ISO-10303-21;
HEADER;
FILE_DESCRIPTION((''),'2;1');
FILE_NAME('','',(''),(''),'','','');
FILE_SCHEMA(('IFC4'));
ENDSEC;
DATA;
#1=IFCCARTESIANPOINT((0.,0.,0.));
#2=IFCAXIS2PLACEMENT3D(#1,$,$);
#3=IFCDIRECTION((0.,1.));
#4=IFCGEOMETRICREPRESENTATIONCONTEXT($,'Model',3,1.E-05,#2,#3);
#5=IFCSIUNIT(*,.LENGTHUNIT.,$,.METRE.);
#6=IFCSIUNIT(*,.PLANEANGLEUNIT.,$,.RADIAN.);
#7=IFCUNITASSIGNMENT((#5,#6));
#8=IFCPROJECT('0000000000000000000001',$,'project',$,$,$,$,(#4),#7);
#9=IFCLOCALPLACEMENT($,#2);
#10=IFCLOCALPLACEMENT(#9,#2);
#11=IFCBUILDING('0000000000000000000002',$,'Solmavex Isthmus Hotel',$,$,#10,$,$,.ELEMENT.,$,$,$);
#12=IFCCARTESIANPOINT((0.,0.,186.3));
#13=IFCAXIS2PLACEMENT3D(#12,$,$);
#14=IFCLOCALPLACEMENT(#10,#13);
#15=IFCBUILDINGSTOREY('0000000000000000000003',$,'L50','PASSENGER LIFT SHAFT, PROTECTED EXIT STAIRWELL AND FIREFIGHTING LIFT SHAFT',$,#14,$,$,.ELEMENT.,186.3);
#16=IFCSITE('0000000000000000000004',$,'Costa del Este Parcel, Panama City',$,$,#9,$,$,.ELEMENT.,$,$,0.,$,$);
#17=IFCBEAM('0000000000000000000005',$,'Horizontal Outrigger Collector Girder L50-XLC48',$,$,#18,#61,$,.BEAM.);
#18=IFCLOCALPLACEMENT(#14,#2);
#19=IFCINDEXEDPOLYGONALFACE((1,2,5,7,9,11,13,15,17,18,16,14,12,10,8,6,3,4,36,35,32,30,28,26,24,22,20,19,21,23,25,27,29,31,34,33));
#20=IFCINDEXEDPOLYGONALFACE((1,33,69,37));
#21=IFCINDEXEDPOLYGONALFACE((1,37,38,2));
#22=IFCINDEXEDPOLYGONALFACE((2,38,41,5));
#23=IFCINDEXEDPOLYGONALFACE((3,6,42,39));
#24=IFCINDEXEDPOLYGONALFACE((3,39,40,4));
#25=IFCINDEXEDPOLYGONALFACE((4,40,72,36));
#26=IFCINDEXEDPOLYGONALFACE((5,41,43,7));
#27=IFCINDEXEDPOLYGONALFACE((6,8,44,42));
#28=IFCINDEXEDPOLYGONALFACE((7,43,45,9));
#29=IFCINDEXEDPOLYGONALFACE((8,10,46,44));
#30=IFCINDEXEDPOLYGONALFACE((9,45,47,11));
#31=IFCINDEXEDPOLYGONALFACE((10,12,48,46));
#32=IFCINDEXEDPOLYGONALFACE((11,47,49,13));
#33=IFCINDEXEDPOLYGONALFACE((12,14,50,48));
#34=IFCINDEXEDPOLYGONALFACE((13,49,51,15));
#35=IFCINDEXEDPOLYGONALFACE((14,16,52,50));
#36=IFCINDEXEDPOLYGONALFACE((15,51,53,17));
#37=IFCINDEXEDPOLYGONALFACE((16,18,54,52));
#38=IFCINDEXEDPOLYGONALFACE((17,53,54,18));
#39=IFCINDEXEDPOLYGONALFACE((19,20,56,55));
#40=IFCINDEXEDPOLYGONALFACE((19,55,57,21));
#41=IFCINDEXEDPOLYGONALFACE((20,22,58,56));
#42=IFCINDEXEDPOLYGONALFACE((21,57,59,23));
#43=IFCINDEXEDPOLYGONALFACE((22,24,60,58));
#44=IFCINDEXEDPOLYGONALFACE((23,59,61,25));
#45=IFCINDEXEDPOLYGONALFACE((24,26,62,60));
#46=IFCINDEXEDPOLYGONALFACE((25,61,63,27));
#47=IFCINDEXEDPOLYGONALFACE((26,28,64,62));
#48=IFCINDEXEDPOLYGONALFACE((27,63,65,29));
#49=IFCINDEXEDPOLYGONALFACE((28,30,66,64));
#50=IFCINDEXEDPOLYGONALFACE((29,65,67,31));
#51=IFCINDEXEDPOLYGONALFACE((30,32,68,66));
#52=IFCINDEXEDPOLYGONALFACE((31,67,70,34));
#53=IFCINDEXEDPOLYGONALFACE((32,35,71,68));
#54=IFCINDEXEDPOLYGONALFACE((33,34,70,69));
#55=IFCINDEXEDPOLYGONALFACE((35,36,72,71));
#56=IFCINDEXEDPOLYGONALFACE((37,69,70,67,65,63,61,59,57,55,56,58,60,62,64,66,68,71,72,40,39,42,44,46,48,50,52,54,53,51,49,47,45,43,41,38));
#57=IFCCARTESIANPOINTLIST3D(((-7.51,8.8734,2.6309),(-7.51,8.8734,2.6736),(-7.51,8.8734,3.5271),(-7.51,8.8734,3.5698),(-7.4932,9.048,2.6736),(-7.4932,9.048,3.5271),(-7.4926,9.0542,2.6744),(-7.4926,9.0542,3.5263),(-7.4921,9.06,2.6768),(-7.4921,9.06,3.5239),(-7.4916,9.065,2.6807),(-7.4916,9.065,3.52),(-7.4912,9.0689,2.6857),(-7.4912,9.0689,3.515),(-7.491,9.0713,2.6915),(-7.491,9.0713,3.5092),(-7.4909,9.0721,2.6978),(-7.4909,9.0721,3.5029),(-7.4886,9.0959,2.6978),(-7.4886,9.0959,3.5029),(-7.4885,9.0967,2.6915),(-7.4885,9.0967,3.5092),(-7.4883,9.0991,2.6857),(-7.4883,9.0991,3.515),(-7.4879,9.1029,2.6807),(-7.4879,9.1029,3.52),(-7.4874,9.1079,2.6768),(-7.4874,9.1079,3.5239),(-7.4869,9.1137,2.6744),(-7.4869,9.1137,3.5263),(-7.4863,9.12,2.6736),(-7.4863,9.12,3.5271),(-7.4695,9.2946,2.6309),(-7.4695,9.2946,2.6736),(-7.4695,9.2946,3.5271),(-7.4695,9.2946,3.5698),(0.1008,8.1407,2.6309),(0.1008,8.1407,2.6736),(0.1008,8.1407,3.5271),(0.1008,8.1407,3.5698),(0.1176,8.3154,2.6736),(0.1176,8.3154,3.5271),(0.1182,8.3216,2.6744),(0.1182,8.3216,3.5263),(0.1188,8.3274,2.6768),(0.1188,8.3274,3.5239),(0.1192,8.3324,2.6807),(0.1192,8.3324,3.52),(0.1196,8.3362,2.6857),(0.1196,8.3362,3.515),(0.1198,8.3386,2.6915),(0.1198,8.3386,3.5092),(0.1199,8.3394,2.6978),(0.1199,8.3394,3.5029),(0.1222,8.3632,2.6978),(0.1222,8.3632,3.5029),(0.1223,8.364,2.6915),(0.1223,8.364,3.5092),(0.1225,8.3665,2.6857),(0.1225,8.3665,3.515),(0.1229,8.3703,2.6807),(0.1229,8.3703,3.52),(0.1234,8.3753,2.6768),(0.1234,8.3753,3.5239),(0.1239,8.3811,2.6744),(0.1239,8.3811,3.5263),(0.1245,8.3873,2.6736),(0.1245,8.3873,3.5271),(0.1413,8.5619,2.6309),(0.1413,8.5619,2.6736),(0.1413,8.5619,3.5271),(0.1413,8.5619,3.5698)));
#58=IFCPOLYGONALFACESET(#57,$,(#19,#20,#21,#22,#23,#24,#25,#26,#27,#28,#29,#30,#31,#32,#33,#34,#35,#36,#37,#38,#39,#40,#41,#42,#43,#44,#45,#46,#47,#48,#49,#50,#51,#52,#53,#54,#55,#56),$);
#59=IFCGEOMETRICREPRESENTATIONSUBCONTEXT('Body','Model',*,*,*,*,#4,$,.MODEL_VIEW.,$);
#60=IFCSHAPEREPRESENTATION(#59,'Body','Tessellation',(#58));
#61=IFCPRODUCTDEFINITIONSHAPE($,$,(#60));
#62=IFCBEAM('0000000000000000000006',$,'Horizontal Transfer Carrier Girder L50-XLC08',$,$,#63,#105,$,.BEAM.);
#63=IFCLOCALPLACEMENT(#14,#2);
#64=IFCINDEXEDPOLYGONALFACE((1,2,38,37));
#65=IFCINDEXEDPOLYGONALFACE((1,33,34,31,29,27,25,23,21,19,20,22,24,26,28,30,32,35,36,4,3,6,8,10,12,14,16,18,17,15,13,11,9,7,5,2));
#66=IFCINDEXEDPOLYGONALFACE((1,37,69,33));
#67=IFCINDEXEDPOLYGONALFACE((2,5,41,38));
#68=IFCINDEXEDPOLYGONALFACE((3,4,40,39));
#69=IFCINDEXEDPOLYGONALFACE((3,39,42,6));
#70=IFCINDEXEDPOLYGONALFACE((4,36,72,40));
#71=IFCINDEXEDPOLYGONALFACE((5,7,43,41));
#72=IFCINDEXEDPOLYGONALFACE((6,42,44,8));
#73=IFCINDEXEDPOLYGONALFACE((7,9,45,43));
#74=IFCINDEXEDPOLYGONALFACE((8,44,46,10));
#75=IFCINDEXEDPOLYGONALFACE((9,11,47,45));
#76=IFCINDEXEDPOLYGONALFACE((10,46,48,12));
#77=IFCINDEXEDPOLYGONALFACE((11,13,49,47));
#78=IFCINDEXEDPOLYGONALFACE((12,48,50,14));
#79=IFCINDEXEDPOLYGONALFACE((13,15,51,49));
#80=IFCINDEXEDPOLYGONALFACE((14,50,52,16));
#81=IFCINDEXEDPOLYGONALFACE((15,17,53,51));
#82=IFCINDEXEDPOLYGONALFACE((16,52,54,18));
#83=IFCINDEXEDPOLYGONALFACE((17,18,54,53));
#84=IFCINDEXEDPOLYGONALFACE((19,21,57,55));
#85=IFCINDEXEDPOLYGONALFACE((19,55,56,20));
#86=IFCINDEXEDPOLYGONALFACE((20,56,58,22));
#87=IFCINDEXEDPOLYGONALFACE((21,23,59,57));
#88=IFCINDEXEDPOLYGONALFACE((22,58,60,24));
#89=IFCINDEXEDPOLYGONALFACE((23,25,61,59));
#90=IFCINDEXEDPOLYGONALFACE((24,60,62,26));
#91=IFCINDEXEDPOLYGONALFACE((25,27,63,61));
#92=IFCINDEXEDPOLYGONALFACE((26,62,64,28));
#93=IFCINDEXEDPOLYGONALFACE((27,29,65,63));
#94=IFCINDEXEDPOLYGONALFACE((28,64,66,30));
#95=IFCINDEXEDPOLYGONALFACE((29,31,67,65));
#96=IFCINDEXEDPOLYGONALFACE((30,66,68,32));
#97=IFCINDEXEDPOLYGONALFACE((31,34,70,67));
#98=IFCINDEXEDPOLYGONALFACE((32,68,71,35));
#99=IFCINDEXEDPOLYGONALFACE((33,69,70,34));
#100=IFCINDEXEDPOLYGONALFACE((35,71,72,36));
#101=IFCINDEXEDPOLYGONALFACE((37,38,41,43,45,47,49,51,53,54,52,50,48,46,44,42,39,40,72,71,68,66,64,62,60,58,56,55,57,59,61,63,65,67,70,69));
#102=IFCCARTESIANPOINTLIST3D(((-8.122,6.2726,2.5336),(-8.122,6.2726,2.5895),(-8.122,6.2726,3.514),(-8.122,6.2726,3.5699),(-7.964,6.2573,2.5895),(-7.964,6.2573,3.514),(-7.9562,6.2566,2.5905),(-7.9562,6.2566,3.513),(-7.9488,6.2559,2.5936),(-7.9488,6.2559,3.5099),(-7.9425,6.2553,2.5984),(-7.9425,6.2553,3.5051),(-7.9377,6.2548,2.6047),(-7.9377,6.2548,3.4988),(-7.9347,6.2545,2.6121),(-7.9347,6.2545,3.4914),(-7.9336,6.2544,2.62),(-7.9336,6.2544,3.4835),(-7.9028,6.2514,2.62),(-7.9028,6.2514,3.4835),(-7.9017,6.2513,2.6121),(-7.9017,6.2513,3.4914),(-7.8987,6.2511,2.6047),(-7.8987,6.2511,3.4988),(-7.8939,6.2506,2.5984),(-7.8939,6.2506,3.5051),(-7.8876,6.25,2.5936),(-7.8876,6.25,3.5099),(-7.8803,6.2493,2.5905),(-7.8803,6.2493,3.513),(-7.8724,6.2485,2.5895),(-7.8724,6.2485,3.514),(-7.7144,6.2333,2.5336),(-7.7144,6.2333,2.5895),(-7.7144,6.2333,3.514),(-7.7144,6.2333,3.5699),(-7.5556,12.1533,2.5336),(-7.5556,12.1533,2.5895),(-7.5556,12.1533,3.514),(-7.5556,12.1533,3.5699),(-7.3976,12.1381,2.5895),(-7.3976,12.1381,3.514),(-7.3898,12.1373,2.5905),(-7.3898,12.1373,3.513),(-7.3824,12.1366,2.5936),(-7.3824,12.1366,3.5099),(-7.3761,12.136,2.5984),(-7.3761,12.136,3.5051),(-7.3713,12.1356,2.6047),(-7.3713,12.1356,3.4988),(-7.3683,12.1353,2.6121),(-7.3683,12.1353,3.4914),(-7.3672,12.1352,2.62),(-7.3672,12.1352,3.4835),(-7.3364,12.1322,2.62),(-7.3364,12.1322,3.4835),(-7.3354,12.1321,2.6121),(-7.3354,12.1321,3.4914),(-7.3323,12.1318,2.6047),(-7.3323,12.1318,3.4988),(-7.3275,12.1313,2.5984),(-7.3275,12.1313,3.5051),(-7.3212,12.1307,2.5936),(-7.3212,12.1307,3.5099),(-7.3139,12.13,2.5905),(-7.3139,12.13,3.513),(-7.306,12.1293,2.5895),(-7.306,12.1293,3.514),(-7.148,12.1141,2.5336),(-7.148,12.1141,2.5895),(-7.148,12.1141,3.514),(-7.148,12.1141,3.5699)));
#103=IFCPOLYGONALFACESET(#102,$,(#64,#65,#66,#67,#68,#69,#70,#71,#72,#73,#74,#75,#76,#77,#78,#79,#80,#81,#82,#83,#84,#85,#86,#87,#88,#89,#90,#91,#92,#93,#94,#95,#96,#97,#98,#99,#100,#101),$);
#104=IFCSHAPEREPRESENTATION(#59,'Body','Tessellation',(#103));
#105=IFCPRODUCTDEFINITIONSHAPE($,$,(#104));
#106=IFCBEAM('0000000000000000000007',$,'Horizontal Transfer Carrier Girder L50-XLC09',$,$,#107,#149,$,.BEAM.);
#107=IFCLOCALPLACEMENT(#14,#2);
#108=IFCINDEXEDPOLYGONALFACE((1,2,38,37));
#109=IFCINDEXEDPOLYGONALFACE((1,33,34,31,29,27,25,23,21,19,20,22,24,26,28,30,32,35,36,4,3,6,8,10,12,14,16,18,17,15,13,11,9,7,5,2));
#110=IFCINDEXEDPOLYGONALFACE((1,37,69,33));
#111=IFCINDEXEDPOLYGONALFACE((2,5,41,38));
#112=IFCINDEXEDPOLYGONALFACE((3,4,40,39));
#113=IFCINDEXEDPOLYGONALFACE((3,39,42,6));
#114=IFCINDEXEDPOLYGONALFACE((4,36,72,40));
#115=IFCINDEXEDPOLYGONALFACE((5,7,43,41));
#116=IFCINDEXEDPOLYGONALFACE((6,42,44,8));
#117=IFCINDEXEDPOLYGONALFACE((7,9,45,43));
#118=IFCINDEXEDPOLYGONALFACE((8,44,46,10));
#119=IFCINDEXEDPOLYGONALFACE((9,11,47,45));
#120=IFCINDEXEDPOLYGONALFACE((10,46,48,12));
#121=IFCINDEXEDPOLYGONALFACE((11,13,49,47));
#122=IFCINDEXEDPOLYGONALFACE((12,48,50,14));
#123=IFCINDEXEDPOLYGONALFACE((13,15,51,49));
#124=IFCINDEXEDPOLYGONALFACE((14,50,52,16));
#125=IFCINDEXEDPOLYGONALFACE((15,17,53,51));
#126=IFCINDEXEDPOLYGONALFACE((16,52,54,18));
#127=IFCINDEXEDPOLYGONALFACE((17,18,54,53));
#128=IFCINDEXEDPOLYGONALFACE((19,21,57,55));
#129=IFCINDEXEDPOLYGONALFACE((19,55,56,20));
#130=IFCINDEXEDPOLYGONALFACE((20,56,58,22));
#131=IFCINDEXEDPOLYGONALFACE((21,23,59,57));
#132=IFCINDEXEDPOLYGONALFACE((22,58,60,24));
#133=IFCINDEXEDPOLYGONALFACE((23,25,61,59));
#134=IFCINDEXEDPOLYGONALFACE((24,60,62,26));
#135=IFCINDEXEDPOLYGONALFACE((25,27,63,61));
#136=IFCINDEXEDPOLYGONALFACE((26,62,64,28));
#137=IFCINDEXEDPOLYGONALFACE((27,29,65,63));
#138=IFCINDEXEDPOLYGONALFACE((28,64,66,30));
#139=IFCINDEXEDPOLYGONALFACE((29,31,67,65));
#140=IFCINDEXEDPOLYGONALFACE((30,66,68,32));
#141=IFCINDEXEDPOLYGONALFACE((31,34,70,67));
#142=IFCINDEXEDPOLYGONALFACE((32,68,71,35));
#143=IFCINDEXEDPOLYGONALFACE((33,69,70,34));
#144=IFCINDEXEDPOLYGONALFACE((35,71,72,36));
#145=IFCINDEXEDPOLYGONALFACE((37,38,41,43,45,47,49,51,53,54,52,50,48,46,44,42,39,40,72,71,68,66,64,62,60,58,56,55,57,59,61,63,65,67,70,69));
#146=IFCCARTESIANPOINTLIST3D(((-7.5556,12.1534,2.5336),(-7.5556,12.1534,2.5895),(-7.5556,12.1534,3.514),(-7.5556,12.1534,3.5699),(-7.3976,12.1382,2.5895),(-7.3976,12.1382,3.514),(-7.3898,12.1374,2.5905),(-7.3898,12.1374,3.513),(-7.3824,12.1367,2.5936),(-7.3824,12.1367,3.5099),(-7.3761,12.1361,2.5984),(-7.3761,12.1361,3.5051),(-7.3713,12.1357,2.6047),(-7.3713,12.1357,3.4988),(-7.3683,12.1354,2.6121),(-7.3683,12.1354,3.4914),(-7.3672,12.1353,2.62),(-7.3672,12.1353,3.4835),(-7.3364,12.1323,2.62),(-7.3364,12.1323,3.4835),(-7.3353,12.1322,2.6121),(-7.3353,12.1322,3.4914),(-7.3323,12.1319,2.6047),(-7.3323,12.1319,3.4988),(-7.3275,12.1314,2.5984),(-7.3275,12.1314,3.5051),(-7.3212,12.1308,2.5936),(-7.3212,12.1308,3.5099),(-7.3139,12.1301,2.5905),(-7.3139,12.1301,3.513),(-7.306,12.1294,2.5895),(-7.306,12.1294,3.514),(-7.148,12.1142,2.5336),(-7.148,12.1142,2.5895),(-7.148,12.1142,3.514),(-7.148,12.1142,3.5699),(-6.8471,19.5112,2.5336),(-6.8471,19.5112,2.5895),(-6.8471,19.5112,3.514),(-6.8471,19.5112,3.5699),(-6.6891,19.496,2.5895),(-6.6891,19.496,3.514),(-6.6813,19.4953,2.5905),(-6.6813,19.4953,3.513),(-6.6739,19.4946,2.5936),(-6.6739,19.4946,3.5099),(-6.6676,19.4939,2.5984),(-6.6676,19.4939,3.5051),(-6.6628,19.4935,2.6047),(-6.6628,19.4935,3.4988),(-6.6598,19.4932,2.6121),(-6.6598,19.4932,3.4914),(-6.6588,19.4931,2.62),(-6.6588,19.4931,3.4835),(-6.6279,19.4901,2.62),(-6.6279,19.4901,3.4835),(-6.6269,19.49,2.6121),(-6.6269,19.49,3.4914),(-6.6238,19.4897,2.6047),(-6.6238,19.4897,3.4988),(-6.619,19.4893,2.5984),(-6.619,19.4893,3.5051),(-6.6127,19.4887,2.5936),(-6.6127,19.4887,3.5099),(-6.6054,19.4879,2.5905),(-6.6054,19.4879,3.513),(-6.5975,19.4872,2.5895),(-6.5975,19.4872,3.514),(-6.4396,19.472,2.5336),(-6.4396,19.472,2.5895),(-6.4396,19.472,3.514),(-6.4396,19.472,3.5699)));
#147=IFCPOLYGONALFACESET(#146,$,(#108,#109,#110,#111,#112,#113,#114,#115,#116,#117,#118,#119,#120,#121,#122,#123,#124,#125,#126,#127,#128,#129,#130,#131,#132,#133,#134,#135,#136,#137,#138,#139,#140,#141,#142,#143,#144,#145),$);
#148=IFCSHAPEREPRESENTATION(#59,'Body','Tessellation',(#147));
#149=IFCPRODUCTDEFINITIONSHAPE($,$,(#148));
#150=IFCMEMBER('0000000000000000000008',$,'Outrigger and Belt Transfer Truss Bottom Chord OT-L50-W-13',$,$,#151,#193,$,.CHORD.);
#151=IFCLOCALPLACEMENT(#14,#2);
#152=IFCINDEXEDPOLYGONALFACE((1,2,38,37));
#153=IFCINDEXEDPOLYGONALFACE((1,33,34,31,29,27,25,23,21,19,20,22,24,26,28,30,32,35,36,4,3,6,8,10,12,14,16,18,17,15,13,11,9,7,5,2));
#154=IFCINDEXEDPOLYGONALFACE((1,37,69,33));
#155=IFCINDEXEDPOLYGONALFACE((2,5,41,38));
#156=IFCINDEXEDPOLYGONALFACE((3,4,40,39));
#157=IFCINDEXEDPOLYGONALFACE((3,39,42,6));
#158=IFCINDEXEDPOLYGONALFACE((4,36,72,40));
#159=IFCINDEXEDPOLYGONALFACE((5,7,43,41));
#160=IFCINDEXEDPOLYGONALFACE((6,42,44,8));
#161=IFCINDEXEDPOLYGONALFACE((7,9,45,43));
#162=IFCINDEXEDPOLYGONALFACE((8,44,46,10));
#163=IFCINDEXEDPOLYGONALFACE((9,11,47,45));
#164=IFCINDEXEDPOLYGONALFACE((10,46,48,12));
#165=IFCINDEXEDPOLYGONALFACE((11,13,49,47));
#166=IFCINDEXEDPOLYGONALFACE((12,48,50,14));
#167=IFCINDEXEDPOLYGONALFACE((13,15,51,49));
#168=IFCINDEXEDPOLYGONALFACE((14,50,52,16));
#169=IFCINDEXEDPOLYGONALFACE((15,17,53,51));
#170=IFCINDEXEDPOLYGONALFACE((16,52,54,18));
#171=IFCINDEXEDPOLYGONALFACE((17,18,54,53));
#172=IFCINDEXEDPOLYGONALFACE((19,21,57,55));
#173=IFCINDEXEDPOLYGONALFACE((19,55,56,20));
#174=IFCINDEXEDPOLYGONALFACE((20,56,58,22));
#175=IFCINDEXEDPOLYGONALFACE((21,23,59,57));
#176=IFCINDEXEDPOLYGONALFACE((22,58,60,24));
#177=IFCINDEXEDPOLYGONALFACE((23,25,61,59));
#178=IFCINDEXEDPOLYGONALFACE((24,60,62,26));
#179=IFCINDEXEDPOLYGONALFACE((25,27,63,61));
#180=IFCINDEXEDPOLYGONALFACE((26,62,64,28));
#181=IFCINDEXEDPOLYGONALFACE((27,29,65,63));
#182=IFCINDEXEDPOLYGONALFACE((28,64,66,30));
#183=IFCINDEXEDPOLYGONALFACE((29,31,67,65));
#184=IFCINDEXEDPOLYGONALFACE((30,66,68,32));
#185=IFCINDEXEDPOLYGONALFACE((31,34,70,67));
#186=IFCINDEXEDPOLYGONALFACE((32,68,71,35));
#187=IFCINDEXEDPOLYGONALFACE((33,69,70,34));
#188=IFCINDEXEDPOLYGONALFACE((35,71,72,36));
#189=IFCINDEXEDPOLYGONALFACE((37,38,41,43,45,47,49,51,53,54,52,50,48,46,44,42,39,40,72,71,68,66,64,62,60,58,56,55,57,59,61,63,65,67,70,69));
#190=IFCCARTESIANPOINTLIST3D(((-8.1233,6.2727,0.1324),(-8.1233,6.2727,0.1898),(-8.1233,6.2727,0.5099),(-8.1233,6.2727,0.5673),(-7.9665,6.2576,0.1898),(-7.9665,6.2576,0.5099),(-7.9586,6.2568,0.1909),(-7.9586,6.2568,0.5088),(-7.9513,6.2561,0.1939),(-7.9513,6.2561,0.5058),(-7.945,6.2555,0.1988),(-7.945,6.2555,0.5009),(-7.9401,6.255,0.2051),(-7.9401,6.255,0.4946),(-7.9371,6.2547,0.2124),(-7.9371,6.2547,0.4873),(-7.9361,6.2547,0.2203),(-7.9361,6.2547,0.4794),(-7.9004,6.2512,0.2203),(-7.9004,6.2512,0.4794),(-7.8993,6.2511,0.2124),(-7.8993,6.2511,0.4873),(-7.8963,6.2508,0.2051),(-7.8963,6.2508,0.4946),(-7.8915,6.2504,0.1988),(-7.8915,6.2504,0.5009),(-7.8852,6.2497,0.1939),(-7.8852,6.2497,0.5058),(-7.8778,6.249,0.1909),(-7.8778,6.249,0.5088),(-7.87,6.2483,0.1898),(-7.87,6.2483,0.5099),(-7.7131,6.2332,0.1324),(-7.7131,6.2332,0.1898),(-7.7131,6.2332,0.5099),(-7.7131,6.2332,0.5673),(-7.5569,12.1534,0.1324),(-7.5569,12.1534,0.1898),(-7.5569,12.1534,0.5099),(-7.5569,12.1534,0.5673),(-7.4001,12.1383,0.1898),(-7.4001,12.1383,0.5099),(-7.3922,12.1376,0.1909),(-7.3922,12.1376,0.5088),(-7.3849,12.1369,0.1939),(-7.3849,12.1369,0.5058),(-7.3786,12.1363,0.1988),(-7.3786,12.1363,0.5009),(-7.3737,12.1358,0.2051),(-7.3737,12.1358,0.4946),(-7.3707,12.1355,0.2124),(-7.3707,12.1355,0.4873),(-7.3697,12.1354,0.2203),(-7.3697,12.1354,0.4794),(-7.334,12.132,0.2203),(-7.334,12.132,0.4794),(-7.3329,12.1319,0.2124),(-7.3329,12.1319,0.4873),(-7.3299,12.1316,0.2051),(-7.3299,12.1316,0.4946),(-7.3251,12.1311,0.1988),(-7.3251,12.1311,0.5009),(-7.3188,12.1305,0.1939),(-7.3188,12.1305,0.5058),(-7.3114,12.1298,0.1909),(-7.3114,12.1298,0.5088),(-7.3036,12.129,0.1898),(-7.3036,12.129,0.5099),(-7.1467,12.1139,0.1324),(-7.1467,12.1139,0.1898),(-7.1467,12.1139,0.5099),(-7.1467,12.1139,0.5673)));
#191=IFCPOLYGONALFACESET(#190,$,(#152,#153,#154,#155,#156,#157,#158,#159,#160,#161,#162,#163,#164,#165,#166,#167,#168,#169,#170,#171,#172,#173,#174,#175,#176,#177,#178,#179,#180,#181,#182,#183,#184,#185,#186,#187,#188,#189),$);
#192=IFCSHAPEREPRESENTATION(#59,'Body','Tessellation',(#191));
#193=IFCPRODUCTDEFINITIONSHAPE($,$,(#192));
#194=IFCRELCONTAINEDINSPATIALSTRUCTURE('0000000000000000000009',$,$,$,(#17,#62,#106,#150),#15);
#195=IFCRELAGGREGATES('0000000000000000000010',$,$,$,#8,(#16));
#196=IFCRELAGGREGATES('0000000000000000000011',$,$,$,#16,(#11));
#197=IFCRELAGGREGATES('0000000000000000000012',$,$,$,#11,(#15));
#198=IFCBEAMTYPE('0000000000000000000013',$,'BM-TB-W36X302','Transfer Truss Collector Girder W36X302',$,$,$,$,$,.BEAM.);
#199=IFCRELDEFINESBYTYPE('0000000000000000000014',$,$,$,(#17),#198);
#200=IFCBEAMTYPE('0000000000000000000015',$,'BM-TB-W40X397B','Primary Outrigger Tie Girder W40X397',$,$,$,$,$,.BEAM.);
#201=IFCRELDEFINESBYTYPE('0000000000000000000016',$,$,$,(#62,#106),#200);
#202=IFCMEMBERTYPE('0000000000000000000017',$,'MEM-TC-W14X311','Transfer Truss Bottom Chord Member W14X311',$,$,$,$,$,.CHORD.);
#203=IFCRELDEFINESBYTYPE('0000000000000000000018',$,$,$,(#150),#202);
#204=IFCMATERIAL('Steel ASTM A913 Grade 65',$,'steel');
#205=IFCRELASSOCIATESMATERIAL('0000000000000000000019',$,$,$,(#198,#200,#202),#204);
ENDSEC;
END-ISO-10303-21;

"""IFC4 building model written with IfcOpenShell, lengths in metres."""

from ifc_helpers import new_model, si_unit, direction, frame, origin, origin_2d, place, context, subcontext, project, spatial, i_section, extrude, material, material_profile, profile_set, type_object, element, save


model = new_model("IFC4")

# Units and contexts
model_context = context("Model", 3, precision=1e-05, world=origin(), true_north=direction((0.0, 1.0)))
body_context = subcontext(model_context, "Body", "Model", "MODEL_VIEW")
ifc_project = project(units=[si_unit("LENGTHUNIT", "METRE"), si_unit("PLANEANGLEUNIT", "RADIAN")], contexts=[model_context])

# Site, building, storey
site_placement = place(None, origin())
site = spatial("IfcSite", under=ifc_project, at=site_placement, Name="Costa del Este Parcel, Panama City", CompositionType="ELEMENT", RefElevation=0.0)
building_placement = place(site_placement, origin())
building = spatial("IfcBuilding", under=site, at=building_placement, Name="Solmavex Isthmus Hotel", CompositionType="ELEMENT")
storey_placement = place(building_placement, frame((0.0, 0.0, 186.3)))
storey = spatial("IfcBuildingStorey", under=building, at=storey_placement, Name="L50", Description="PASSENGER LIFT SHAFT, PROTECTED EXIT STAIRWELL AND FIREFIGHTING LIFT SHAFT", CompositionType="ELEMENT", Elevation=186.3)

# Shared definitions
ifc_material_1 = material(Name="Steel ASTM A913 Grade 65", Category="steel")

# Beams
ifc_material_profile_1 = material_profile(ifc_material_1, i_section(OverallWidth=0.4231, OverallDepth=0.939, WebThickness=0.0239, FlangeThickness=0.0427, FilletRadius=0.0242, at=origin_2d()), Name="W36X302")
ifc_profile_set_1 = profile_set([ifc_material_profile_1], Name="Steel ASTM A913 Grade 65")
beam_type_1 = type_object("IfcBeamType", Name="BM-TB-W36X302", Description="Transfer Truss Collector Girder W36X302", PredefinedType="BEAM", material=ifc_profile_set_1)
for number, where, z_axis, x_axis, name in (
    (1, (-7.4897, 9.084, 3.1003), (0.995398, -0.095823, 0.0), (0.095823, 0.995398, 0.0), "Horizontal Outrigger Collector Girder L50-XLC48"),
):
    element("IfcBeam", number, at=place(storey_placement, frame(where, z_axis=z_axis, x_axis=x_axis)), inside=storey, type_object=beam_type_1, Name=name, PredefinedType="BEAM", context=body_context, shape_type="SweptSolid", body=[
        extrude(i_section(OverallWidth=0.4231, OverallDepth=0.939, WebThickness=0.0239, FlangeThickness=0.0427, FilletRadius=0.0242, at=origin_2d()), origin(), (0.0, 0.0, 1.0), 7.646),
    ])
ifc_material_profile_2 = material_profile(ifc_material_1, i_section(OverallWidth=0.4094, OverallDepth=1.0364, WebThickness=0.031, FlangeThickness=0.0559, FilletRadius=0.0305, at=origin_2d()), Name="W40X397")
ifc_profile_set_2 = profile_set([ifc_material_profile_2], Name="Steel ASTM A913 Grade 65")
beam_type_2 = type_object("IfcBeamType", Name="BM-TB-W40X397B", Description="Primary Outrigger Tie Girder W40X397", PredefinedType="BEAM", material=ifc_profile_set_2)
beam_1_placement = place(storey_placement, frame((-7.9182, 6.2529, 3.0518), z_axis=(0.09587, 0.995394, 0.0), x_axis=(-0.995394, 0.09587, 0.0)))
element("IfcBeam", 2, at=beam_1_placement, inside=storey, type_object=beam_type_2, Name="Horizontal Transfer Carrier Girder L50-XLC08", PredefinedType="BEAM", context=body_context, shape_type="SweptSolid", body=[
    extrude(i_section(OverallWidth=0.4094, OverallDepth=1.0364, WebThickness=0.031, FlangeThickness=0.0559, FilletRadius=0.0305, at=origin_2d()), origin(), (0.0, 0.0, 1.0), 5.908),
])
beam_2_placement = place(storey_placement, frame((-7.3518, 12.1338, 3.0518), z_axis=(0.095847, 0.995396, 0.0), x_axis=(-0.995396, 0.095847, 0.0)))
element("IfcBeam", 3, at=beam_2_placement, inside=storey, type_object=beam_type_2, Name="Horizontal Transfer Carrier Girder L50-XLC09", PredefinedType="BEAM", context=body_context, shape_type="SweptSolid", body=[
    extrude(i_section(OverallWidth=0.4094, OverallDepth=1.0364, WebThickness=0.031, FlangeThickness=0.0559, FilletRadius=0.0305, at=origin_2d()), origin(), (0.0, 0.0, 1.0), 7.3918),
])

# Member
ifc_material_profile_3 = material_profile(ifc_material_1, i_section(OverallWidth=0.4121, OverallDepth=0.4348, WebThickness=0.0359, FlangeThickness=0.0574, FilletRadius=0.0305, at=origin_2d()), Name="W14X311")
ifc_profile_set_3 = profile_set([ifc_material_profile_3], Name="Steel ASTM A913 Grade 65")
member_type_1 = type_object("IfcMemberType", Name="MEM-TC-W14X311", Description="Transfer Truss Bottom Chord Member W14X311", PredefinedType="CHORD", material=ifc_profile_set_3)
member_1_placement = place(storey_placement, frame((-7.9182, 6.2529, 0.3499), z_axis=(0.09587, 0.995394, 0.0), x_axis=(-0.995394, 0.09587, 0.0)))
element("IfcMember", 4, at=member_1_placement, inside=storey, type_object=member_type_1, Name="Outrigger and Belt Transfer Truss Bottom Chord OT-L50-W-13", PredefinedType="CHORD", context=body_context, shape_type="SweptSolid", body=[
    extrude(i_section(OverallWidth=0.4121, OverallDepth=0.4348, WebThickness=0.0359, FlangeThickness=0.0574, FilletRadius=0.0305, at=origin_2d()), origin(), (0.0, 0.0, 1.0), 5.908),
])

save(model, "model.ifc")
